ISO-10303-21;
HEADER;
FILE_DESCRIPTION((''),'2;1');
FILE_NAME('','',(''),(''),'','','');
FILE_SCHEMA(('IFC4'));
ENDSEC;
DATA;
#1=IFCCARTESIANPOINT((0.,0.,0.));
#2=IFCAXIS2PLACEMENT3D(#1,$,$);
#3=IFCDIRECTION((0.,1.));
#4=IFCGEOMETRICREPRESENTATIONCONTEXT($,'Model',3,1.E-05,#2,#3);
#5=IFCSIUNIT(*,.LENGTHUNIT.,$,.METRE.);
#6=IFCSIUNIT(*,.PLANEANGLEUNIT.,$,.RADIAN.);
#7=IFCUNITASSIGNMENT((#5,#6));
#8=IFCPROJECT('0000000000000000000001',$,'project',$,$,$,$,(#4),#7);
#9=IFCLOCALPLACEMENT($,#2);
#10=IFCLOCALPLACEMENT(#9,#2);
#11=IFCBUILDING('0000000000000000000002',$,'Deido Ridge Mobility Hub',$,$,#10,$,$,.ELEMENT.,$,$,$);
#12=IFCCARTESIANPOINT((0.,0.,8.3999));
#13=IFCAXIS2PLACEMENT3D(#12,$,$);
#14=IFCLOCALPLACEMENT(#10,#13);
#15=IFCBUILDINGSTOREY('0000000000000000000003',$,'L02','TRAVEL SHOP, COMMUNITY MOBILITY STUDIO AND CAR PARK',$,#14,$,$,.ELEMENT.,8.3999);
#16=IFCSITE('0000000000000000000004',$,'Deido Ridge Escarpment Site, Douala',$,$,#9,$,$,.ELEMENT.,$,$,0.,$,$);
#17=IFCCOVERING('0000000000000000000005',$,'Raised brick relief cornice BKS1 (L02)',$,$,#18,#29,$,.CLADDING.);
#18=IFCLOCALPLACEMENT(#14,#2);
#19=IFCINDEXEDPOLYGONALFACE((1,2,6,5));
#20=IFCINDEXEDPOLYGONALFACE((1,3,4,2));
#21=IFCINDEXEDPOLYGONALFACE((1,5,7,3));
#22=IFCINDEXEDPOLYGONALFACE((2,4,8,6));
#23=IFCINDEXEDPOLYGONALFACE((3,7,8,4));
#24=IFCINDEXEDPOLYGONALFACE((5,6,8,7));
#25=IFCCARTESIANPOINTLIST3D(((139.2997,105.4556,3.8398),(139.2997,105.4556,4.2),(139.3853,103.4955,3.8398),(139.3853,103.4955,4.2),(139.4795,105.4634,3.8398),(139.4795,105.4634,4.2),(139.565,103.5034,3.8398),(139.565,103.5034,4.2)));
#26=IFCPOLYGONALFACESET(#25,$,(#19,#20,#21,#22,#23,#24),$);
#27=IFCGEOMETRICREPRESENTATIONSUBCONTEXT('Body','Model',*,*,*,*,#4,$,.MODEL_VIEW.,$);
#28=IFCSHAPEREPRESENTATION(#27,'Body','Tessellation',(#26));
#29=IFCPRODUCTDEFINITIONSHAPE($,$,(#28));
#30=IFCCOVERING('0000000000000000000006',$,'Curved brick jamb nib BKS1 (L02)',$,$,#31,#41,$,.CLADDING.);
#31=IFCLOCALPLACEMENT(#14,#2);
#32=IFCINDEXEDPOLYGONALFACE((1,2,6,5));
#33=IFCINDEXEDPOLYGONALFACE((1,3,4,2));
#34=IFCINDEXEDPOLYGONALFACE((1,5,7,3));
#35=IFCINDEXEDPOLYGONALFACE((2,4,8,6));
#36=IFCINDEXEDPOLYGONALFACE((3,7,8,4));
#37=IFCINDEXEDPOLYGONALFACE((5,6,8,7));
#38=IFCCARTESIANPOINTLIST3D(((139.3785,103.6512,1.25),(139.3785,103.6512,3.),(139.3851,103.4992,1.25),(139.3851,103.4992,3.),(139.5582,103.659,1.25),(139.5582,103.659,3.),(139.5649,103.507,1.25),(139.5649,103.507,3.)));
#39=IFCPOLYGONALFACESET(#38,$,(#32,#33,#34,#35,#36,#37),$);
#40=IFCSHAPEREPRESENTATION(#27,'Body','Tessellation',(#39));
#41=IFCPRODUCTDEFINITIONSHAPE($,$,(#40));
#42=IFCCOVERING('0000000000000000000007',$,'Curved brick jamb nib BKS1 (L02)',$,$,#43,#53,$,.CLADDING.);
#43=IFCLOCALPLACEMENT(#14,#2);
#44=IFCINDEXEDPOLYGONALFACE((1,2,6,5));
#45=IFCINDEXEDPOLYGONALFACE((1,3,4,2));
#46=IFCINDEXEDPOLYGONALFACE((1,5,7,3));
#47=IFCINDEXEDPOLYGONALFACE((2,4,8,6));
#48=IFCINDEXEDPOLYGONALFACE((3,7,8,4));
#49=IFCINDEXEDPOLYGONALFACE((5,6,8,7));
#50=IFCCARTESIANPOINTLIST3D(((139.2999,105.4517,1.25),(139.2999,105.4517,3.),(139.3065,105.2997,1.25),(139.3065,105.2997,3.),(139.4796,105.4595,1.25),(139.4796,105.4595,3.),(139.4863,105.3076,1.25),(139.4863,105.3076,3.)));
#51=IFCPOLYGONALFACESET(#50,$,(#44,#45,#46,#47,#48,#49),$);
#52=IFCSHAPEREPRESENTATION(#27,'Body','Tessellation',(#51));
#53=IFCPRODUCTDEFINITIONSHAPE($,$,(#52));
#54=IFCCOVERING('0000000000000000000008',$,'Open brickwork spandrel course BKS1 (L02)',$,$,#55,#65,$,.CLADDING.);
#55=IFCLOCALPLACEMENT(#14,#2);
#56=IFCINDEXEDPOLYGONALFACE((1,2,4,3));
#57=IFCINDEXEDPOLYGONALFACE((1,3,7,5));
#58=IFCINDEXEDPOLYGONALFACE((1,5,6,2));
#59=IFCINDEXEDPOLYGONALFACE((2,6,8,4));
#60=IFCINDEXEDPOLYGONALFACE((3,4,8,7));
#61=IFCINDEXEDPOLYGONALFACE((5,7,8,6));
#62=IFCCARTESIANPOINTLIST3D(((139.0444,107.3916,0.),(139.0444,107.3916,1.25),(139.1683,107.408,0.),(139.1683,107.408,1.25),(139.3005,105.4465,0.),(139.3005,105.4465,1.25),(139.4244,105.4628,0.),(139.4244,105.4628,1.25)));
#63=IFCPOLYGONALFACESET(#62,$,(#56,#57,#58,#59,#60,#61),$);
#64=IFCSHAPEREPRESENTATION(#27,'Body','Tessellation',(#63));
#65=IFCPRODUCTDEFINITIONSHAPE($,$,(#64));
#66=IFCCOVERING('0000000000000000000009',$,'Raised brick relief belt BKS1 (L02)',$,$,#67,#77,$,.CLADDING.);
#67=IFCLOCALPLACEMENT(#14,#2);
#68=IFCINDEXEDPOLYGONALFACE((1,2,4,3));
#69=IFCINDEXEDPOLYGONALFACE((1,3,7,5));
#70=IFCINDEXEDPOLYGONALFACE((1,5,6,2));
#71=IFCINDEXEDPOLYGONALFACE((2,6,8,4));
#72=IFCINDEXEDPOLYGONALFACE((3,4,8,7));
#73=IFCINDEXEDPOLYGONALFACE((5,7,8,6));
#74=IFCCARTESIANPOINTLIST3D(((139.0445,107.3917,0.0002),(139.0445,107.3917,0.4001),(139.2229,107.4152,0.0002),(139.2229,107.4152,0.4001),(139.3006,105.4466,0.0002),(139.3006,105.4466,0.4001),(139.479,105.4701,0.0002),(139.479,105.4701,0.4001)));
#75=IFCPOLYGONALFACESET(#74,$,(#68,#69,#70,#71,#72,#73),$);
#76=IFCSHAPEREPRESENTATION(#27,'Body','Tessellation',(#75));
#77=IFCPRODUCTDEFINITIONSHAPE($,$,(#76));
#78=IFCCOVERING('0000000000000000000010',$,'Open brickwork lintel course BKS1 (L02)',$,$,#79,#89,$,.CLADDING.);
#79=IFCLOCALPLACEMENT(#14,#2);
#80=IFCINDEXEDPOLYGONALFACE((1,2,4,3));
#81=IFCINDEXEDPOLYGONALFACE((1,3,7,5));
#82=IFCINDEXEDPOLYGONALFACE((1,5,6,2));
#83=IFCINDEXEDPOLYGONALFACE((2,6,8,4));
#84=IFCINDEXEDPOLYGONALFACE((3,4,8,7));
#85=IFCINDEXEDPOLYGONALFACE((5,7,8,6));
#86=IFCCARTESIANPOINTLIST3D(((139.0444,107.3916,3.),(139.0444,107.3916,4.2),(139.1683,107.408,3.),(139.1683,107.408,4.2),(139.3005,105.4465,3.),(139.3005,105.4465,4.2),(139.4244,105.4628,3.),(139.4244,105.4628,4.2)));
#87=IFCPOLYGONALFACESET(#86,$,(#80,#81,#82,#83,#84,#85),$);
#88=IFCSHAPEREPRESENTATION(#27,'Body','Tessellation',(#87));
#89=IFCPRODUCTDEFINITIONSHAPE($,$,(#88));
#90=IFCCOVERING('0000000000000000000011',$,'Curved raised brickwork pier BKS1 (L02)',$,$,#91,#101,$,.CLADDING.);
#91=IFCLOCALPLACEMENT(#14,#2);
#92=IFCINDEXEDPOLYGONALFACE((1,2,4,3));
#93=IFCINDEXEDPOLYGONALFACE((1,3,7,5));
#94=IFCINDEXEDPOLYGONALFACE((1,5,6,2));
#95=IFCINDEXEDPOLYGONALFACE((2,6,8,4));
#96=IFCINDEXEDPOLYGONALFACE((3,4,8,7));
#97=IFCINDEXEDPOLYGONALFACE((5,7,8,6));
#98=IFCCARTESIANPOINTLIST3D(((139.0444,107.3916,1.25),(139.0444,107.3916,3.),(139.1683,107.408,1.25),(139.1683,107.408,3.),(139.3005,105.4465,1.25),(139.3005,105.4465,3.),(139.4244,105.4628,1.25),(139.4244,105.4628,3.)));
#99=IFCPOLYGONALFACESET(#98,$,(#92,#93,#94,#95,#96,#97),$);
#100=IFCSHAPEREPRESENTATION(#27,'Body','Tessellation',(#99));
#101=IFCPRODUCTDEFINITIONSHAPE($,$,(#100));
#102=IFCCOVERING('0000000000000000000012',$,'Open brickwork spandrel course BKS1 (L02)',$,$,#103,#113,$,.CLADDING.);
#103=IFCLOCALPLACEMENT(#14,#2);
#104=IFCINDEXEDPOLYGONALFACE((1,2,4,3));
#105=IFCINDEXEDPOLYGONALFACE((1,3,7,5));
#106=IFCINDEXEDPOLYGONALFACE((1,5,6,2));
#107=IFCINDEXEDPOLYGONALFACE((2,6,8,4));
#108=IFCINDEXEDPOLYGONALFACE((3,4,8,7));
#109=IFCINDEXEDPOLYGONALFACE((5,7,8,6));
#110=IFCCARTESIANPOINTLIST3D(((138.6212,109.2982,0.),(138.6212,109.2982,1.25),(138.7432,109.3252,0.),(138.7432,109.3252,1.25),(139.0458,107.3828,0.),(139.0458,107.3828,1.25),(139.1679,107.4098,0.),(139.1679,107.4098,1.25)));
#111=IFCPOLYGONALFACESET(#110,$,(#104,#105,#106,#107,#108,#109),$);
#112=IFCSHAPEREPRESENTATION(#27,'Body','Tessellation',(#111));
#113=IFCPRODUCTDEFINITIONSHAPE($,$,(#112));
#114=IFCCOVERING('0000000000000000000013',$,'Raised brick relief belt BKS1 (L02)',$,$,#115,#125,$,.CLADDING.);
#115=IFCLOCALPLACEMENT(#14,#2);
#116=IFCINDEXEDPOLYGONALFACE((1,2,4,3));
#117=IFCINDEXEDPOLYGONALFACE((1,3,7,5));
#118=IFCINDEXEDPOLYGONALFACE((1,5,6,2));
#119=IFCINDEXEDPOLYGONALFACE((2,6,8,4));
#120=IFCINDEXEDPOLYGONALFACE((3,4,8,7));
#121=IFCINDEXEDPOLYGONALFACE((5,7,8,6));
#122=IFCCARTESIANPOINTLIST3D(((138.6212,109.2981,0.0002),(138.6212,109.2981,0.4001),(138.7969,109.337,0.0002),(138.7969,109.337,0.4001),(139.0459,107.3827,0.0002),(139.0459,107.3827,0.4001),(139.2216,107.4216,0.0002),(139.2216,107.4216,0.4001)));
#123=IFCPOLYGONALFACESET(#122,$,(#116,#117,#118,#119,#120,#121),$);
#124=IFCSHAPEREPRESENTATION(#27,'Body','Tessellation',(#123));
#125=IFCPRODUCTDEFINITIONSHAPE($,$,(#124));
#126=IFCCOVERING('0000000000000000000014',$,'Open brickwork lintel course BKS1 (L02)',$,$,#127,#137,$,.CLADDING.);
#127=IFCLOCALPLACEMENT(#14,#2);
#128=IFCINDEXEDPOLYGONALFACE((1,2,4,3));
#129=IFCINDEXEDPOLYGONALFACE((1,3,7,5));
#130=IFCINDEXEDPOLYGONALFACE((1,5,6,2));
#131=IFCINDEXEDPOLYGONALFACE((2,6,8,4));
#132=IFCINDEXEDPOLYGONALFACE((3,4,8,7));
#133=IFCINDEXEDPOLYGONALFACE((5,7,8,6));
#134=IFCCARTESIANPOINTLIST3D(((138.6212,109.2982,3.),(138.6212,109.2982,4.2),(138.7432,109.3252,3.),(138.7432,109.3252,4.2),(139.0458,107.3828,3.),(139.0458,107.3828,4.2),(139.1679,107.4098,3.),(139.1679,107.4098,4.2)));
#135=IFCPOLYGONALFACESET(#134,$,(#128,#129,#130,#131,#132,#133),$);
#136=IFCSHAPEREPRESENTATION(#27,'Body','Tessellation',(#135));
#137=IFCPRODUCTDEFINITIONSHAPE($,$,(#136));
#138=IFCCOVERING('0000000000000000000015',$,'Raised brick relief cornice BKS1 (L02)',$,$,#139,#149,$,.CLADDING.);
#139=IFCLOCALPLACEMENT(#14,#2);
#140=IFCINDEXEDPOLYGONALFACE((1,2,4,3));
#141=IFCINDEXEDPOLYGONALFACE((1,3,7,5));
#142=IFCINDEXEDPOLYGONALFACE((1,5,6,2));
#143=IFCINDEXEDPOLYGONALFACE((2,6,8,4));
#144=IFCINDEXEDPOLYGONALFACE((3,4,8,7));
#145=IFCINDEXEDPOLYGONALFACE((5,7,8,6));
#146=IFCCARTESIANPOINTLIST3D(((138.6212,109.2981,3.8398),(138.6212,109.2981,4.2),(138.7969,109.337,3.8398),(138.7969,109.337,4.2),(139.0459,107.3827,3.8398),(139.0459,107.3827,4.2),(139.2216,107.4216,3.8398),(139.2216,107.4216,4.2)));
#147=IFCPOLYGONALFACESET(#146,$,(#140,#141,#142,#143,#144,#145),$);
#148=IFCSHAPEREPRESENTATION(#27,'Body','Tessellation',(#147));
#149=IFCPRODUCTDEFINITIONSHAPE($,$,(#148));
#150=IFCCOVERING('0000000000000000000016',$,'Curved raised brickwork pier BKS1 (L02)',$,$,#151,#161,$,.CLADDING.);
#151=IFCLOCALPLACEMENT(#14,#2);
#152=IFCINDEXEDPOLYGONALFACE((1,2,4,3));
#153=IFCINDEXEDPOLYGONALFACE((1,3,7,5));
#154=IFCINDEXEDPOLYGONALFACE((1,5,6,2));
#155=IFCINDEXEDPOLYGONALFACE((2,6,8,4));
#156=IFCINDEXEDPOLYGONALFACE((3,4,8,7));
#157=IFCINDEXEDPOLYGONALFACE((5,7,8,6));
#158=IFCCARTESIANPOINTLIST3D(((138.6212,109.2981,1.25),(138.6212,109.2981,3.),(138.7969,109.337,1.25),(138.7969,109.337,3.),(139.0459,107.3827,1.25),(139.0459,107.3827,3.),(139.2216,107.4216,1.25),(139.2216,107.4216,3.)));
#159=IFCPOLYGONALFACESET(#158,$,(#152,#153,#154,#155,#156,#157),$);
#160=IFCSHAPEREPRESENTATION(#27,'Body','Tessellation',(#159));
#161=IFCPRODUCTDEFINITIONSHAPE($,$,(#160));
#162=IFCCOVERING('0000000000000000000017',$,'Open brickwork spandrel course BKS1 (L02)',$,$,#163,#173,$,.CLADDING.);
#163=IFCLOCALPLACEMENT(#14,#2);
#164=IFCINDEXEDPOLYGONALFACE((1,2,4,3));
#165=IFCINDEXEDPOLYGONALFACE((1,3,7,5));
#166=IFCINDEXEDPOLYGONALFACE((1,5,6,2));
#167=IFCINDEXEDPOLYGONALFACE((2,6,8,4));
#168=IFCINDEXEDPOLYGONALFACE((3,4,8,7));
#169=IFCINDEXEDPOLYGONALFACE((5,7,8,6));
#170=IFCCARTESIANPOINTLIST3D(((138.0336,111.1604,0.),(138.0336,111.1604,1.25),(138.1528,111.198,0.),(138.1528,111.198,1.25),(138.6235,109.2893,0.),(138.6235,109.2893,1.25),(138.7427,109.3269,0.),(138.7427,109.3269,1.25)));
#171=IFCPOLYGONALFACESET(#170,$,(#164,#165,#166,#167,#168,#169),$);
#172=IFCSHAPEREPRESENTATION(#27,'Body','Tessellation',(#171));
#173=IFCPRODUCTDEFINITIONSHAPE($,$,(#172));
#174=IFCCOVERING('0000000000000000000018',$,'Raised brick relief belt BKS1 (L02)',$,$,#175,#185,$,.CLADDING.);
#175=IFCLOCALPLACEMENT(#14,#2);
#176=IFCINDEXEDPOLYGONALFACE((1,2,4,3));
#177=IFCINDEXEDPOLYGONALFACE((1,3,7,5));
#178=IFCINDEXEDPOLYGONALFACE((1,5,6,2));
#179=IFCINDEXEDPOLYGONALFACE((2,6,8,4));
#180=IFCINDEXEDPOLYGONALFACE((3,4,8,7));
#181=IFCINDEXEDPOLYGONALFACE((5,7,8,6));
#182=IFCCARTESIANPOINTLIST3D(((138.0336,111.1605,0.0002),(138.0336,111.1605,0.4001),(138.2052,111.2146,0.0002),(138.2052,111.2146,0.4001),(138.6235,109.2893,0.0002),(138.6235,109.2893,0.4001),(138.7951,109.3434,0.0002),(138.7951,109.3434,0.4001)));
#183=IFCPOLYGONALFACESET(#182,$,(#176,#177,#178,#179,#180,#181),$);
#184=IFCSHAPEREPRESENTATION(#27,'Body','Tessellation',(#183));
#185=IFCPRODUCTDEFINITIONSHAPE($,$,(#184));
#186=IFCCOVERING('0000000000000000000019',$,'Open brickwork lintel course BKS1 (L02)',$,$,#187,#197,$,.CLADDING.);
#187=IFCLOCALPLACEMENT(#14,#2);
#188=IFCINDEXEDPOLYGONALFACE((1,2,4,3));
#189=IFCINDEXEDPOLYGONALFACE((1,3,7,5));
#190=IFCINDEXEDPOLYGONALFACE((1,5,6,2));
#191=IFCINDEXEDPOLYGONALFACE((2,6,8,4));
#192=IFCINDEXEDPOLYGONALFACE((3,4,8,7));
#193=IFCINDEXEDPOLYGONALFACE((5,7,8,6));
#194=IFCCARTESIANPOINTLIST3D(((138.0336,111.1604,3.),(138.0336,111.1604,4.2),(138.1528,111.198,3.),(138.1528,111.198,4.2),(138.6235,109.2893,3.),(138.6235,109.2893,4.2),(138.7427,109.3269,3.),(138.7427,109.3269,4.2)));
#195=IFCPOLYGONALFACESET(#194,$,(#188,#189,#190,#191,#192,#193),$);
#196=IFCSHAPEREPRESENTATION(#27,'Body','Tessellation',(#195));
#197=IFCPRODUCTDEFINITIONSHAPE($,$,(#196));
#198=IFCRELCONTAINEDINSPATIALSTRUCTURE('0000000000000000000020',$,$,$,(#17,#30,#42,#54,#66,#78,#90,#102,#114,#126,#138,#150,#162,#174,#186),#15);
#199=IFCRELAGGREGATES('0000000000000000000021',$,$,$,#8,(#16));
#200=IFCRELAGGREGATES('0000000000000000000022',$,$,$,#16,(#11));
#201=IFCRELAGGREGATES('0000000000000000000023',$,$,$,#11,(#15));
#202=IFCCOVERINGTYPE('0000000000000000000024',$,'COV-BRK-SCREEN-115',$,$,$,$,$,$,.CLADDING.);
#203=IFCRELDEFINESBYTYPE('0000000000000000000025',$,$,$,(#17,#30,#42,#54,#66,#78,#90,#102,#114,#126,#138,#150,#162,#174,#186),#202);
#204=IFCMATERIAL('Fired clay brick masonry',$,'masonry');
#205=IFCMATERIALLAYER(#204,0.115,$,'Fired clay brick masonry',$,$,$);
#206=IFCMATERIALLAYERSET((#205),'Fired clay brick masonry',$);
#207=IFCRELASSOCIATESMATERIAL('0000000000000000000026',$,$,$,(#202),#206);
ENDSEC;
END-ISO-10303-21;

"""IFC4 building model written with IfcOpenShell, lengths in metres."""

from ifc_helpers import new_model, si_unit, direction, frame, origin, origin_2d, place, context, subcontext, project, spatial, rectangle, extrude, material, layer, layer_set, type_object, element, save


model = new_model("IFC4")

# Units and contexts
model_context = context("Model", 3, precision=1e-05, world=origin(), true_north=direction((0.0, 1.0)))
body_context = subcontext(model_context, "Body", "Model", "MODEL_VIEW")
ifc_project = project(units=[si_unit("LENGTHUNIT", "METRE"), si_unit("PLANEANGLEUNIT", "RADIAN")], contexts=[model_context])

# Site, building, storey
site_placement = place(None, origin())
site = spatial("IfcSite", under=ifc_project, at=site_placement, Name="Deido Ridge Escarpment Site, Douala", CompositionType="ELEMENT", RefElevation=0.0)
building_placement = place(site_placement, origin())
building = spatial("IfcBuilding", under=site, at=building_placement, Name="Deido Ridge Mobility Hub", CompositionType="ELEMENT")
storey_placement = place(building_placement, frame((0.0, 0.0, 8.3999)))
storey = spatial("IfcBuildingStorey", under=building, at=storey_placement, Name="L02", Description="TRAVEL SHOP, COMMUNITY MOBILITY STUDIO AND CAR PARK", CompositionType="ELEMENT", Elevation=8.3999)

# Coverings
ifc_material_1 = material(Name="Fired clay brick masonry", Category="masonry")
ifc_layer = layer(ifc_material_1, 0.115, Name="Fired clay brick masonry")
ifc_layer_set = layer_set([ifc_layer], Name="Fired clay brick masonry")
covering_type = type_object("IfcCoveringType", Name="COV-BRK-SCREEN-115", PredefinedType="CLADDING", material=ifc_layer_set)
covering_1_placement = place(storey_placement, frame((139.4324, 104.4795, 3.8398), z_axis=(0.0, 0.0, 1.0), x_axis=(-0.043602, 0.999049, 0.0)))
element("IfcCovering", 1, at=covering_1_placement, inside=storey, type_object=covering_type, Name="Raised brick relief cornice BKS1 (L02)", PredefinedType="CLADDING", context=body_context, shape_type="SweptSolid", body=[
    extrude(rectangle(XDim=1.9619, YDim=0.1799, at=origin_2d()), origin(), (0.0, 0.0, 1.0), 0.3601),
])
for number, where, z_axis, x_axis, name in (
    (2, (139.4717, 103.5791, 1.25), (0.0, 0.0, 1.0), (-0.043602, 0.999049, 0.0), "Curved brick jamb nib BKS1 (L02)"),
    (3, (139.3931, 105.3796, 1.25), (0.0, 0.0, 1.0), (-0.043602, 0.999049, 0.0), "Curved brick jamb nib BKS1 (L02)"),
):
    element("IfcCovering", number, at=place(storey_placement, frame(where, z_axis=z_axis, x_axis=x_axis)), inside=storey, type_object=covering_type, Name=name, PredefinedType="CLADDING", context=body_context, shape_type="SweptSolid", body=[
        extrude(rectangle(XDim=0.1521, YDim=0.1799, at=origin_2d()), origin(), (0.0, 0.0, 1.0), 1.75),
    ])
covering_2_placement = place(storey_placement, frame((139.2344, 106.4272, 0.0), z_axis=(0.0, 0.0, 1.0), x_axis=(-0.130543, 0.991443, 0.0)))
element("IfcCovering", 4, at=covering_2_placement, inside=storey, type_object=covering_type, Name="Open brickwork spandrel course BKS1 (L02)", PredefinedType="CLADDING", context=body_context, shape_type="SweptSolid", body=[
    extrude(rectangle(XDim=1.9619, YDim=0.125, at=origin_2d()), origin(), (0.0, 0.0, 1.0), 1.25),
])
covering_3_placement = place(storey_placement, frame((139.2617, 106.4309, 0.0002), z_axis=(0.0, 0.0, 1.0), x_axis=(-0.130543, 0.991443, 0.0)))
element("IfcCovering", 5, at=covering_3_placement, inside=storey, type_object=covering_type, Name="Raised brick relief belt BKS1 (L02)", PredefinedType="CLADDING", context=body_context, shape_type="SweptSolid", body=[
    extrude(rectangle(XDim=1.9619, YDim=0.1799, at=origin_2d()), origin(), (0.0, 0.0, 1.0), 0.3999),
])
covering_4_placement = place(storey_placement, frame((139.2344, 106.4272, 3.0), z_axis=(0.0, 0.0, 1.0), x_axis=(-0.130543, 0.991443, 0.0)))
element("IfcCovering", 6, at=covering_4_placement, inside=storey, type_object=covering_type, Name="Open brickwork lintel course BKS1 (L02)", PredefinedType="CLADDING", context=body_context, shape_type="SweptSolid", body=[
    extrude(rectangle(XDim=1.9619, YDim=0.125, at=origin_2d()), origin(), (0.0, 0.0, 1.0), 1.2),
])
covering_5_placement = place(storey_placement, frame((139.2344, 106.4272, 1.25), z_axis=(0.0, 0.0, 1.0), x_axis=(-0.130543, 0.991443, 0.0)))
element("IfcCovering", 7, at=covering_5_placement, inside=storey, type_object=covering_type, Name="Curved raised brickwork pier BKS1 (L02)", PredefinedType="CLADDING", context=body_context, shape_type="SweptSolid", body=[
    extrude(rectangle(XDim=1.9619, YDim=0.125, at=origin_2d()), origin(), (0.0, 0.0, 1.0), 1.75),
])
covering_6_placement = place(storey_placement, frame((138.8945, 108.354, 0.0), z_axis=(0.0, 0.0, 1.0), x_axis=(-0.216457, 0.976292, 0.0)))
element("IfcCovering", 8, at=covering_6_placement, inside=storey, type_object=covering_type, Name="Open brickwork spandrel course BKS1 (L02)", PredefinedType="CLADDING", context=body_context, shape_type="SweptSolid", body=[
    extrude(rectangle(XDim=1.9619, YDim=0.125, at=origin_2d()), origin(), (0.0, 0.0, 1.0), 1.25),
])
covering_7_placement = place(storey_placement, frame((138.9214, 108.3599, 0.0002), z_axis=(0.0, 0.0, 1.0), x_axis=(-0.216457, 0.976292, 0.0)))
element("IfcCovering", 9, at=covering_7_placement, inside=storey, type_object=covering_type, Name="Raised brick relief belt BKS1 (L02)", PredefinedType="CLADDING", context=body_context, shape_type="SweptSolid", body=[
    extrude(rectangle(XDim=1.9619, YDim=0.1799, at=origin_2d()), origin(), (0.0, 0.0, 1.0), 0.3999),
])
covering_8_placement = place(storey_placement, frame((138.8945, 108.354, 3.0), z_axis=(0.0, 0.0, 1.0), x_axis=(-0.216457, 0.976292, 0.0)))
element("IfcCovering", 10, at=covering_8_placement, inside=storey, type_object=covering_type, Name="Open brickwork lintel course BKS1 (L02)", PredefinedType="CLADDING", context=body_context, shape_type="SweptSolid", body=[
    extrude(rectangle(XDim=1.9619, YDim=0.125, at=origin_2d()), origin(), (0.0, 0.0, 1.0), 1.2),
])
covering_9_placement = place(storey_placement, frame((138.9214, 108.3599, 3.8398), z_axis=(0.0, 0.0, 1.0), x_axis=(-0.216457, 0.976292, 0.0)))
element("IfcCovering", 11, at=covering_9_placement, inside=storey, type_object=covering_type, Name="Raised brick relief cornice BKS1 (L02)", PredefinedType="CLADDING", context=body_context, shape_type="SweptSolid", body=[
    extrude(rectangle(XDim=1.9619, YDim=0.1799, at=origin_2d()), origin(), (0.0, 0.0, 1.0), 0.3601),
])
covering_10_placement = place(storey_placement, frame((138.9214, 108.3599, 1.25), z_axis=(0.0, 0.0, 1.0), x_axis=(-0.216457, 0.976292, 0.0)))
element("IfcCovering", 12, at=covering_10_placement, inside=storey, type_object=covering_type, Name="Curved raised brickwork pier BKS1 (L02)", PredefinedType="CLADDING", context=body_context, shape_type="SweptSolid", body=[
    extrude(rectangle(XDim=1.9619, YDim=0.1799, at=origin_2d()), origin(), (0.0, 0.0, 1.0), 1.75),
])
covering_11_placement = place(storey_placement, frame((138.3882, 110.2437, 0.0), z_axis=(0.0, 0.0, 1.0), x_axis=(-0.300673, 0.953727, 0.0)))
element("IfcCovering", 13, at=covering_11_placement, inside=storey, type_object=covering_type, Name="Open brickwork spandrel course BKS1 (L02)", PredefinedType="CLADDING", context=body_context, shape_type="SweptSolid", body=[
    extrude(rectangle(XDim=1.9619, YDim=0.125, at=origin_2d()), origin(), (0.0, 0.0, 1.0), 1.25),
])
covering_12_placement = place(storey_placement, frame((138.4143, 110.252, 0.0002), z_axis=(0.0, 0.0, 1.0), x_axis=(-0.300673, 0.953727, 0.0)))
element("IfcCovering", 14, at=covering_12_placement, inside=storey, type_object=covering_type, Name="Raised brick relief belt BKS1 (L02)", PredefinedType="CLADDING", context=body_context, shape_type="SweptSolid", body=[
    extrude(rectangle(XDim=1.9619, YDim=0.1799, at=origin_2d()), origin(), (0.0, 0.0, 1.0), 0.3999),
])
covering_13_placement = place(storey_placement, frame((138.3882, 110.2437, 3.0), z_axis=(0.0, 0.0, 1.0), x_axis=(-0.300673, 0.953727, 0.0)))
element("IfcCovering", 15, at=covering_13_placement, inside=storey, type_object=covering_type, Name="Open brickwork lintel course BKS1 (L02)", PredefinedType="CLADDING", context=body_context, shape_type="SweptSolid", body=[
    extrude(rectangle(XDim=1.9619, YDim=0.125, at=origin_2d()), origin(), (0.0, 0.0, 1.0), 1.2),
])

save(model, "model.ifc")
